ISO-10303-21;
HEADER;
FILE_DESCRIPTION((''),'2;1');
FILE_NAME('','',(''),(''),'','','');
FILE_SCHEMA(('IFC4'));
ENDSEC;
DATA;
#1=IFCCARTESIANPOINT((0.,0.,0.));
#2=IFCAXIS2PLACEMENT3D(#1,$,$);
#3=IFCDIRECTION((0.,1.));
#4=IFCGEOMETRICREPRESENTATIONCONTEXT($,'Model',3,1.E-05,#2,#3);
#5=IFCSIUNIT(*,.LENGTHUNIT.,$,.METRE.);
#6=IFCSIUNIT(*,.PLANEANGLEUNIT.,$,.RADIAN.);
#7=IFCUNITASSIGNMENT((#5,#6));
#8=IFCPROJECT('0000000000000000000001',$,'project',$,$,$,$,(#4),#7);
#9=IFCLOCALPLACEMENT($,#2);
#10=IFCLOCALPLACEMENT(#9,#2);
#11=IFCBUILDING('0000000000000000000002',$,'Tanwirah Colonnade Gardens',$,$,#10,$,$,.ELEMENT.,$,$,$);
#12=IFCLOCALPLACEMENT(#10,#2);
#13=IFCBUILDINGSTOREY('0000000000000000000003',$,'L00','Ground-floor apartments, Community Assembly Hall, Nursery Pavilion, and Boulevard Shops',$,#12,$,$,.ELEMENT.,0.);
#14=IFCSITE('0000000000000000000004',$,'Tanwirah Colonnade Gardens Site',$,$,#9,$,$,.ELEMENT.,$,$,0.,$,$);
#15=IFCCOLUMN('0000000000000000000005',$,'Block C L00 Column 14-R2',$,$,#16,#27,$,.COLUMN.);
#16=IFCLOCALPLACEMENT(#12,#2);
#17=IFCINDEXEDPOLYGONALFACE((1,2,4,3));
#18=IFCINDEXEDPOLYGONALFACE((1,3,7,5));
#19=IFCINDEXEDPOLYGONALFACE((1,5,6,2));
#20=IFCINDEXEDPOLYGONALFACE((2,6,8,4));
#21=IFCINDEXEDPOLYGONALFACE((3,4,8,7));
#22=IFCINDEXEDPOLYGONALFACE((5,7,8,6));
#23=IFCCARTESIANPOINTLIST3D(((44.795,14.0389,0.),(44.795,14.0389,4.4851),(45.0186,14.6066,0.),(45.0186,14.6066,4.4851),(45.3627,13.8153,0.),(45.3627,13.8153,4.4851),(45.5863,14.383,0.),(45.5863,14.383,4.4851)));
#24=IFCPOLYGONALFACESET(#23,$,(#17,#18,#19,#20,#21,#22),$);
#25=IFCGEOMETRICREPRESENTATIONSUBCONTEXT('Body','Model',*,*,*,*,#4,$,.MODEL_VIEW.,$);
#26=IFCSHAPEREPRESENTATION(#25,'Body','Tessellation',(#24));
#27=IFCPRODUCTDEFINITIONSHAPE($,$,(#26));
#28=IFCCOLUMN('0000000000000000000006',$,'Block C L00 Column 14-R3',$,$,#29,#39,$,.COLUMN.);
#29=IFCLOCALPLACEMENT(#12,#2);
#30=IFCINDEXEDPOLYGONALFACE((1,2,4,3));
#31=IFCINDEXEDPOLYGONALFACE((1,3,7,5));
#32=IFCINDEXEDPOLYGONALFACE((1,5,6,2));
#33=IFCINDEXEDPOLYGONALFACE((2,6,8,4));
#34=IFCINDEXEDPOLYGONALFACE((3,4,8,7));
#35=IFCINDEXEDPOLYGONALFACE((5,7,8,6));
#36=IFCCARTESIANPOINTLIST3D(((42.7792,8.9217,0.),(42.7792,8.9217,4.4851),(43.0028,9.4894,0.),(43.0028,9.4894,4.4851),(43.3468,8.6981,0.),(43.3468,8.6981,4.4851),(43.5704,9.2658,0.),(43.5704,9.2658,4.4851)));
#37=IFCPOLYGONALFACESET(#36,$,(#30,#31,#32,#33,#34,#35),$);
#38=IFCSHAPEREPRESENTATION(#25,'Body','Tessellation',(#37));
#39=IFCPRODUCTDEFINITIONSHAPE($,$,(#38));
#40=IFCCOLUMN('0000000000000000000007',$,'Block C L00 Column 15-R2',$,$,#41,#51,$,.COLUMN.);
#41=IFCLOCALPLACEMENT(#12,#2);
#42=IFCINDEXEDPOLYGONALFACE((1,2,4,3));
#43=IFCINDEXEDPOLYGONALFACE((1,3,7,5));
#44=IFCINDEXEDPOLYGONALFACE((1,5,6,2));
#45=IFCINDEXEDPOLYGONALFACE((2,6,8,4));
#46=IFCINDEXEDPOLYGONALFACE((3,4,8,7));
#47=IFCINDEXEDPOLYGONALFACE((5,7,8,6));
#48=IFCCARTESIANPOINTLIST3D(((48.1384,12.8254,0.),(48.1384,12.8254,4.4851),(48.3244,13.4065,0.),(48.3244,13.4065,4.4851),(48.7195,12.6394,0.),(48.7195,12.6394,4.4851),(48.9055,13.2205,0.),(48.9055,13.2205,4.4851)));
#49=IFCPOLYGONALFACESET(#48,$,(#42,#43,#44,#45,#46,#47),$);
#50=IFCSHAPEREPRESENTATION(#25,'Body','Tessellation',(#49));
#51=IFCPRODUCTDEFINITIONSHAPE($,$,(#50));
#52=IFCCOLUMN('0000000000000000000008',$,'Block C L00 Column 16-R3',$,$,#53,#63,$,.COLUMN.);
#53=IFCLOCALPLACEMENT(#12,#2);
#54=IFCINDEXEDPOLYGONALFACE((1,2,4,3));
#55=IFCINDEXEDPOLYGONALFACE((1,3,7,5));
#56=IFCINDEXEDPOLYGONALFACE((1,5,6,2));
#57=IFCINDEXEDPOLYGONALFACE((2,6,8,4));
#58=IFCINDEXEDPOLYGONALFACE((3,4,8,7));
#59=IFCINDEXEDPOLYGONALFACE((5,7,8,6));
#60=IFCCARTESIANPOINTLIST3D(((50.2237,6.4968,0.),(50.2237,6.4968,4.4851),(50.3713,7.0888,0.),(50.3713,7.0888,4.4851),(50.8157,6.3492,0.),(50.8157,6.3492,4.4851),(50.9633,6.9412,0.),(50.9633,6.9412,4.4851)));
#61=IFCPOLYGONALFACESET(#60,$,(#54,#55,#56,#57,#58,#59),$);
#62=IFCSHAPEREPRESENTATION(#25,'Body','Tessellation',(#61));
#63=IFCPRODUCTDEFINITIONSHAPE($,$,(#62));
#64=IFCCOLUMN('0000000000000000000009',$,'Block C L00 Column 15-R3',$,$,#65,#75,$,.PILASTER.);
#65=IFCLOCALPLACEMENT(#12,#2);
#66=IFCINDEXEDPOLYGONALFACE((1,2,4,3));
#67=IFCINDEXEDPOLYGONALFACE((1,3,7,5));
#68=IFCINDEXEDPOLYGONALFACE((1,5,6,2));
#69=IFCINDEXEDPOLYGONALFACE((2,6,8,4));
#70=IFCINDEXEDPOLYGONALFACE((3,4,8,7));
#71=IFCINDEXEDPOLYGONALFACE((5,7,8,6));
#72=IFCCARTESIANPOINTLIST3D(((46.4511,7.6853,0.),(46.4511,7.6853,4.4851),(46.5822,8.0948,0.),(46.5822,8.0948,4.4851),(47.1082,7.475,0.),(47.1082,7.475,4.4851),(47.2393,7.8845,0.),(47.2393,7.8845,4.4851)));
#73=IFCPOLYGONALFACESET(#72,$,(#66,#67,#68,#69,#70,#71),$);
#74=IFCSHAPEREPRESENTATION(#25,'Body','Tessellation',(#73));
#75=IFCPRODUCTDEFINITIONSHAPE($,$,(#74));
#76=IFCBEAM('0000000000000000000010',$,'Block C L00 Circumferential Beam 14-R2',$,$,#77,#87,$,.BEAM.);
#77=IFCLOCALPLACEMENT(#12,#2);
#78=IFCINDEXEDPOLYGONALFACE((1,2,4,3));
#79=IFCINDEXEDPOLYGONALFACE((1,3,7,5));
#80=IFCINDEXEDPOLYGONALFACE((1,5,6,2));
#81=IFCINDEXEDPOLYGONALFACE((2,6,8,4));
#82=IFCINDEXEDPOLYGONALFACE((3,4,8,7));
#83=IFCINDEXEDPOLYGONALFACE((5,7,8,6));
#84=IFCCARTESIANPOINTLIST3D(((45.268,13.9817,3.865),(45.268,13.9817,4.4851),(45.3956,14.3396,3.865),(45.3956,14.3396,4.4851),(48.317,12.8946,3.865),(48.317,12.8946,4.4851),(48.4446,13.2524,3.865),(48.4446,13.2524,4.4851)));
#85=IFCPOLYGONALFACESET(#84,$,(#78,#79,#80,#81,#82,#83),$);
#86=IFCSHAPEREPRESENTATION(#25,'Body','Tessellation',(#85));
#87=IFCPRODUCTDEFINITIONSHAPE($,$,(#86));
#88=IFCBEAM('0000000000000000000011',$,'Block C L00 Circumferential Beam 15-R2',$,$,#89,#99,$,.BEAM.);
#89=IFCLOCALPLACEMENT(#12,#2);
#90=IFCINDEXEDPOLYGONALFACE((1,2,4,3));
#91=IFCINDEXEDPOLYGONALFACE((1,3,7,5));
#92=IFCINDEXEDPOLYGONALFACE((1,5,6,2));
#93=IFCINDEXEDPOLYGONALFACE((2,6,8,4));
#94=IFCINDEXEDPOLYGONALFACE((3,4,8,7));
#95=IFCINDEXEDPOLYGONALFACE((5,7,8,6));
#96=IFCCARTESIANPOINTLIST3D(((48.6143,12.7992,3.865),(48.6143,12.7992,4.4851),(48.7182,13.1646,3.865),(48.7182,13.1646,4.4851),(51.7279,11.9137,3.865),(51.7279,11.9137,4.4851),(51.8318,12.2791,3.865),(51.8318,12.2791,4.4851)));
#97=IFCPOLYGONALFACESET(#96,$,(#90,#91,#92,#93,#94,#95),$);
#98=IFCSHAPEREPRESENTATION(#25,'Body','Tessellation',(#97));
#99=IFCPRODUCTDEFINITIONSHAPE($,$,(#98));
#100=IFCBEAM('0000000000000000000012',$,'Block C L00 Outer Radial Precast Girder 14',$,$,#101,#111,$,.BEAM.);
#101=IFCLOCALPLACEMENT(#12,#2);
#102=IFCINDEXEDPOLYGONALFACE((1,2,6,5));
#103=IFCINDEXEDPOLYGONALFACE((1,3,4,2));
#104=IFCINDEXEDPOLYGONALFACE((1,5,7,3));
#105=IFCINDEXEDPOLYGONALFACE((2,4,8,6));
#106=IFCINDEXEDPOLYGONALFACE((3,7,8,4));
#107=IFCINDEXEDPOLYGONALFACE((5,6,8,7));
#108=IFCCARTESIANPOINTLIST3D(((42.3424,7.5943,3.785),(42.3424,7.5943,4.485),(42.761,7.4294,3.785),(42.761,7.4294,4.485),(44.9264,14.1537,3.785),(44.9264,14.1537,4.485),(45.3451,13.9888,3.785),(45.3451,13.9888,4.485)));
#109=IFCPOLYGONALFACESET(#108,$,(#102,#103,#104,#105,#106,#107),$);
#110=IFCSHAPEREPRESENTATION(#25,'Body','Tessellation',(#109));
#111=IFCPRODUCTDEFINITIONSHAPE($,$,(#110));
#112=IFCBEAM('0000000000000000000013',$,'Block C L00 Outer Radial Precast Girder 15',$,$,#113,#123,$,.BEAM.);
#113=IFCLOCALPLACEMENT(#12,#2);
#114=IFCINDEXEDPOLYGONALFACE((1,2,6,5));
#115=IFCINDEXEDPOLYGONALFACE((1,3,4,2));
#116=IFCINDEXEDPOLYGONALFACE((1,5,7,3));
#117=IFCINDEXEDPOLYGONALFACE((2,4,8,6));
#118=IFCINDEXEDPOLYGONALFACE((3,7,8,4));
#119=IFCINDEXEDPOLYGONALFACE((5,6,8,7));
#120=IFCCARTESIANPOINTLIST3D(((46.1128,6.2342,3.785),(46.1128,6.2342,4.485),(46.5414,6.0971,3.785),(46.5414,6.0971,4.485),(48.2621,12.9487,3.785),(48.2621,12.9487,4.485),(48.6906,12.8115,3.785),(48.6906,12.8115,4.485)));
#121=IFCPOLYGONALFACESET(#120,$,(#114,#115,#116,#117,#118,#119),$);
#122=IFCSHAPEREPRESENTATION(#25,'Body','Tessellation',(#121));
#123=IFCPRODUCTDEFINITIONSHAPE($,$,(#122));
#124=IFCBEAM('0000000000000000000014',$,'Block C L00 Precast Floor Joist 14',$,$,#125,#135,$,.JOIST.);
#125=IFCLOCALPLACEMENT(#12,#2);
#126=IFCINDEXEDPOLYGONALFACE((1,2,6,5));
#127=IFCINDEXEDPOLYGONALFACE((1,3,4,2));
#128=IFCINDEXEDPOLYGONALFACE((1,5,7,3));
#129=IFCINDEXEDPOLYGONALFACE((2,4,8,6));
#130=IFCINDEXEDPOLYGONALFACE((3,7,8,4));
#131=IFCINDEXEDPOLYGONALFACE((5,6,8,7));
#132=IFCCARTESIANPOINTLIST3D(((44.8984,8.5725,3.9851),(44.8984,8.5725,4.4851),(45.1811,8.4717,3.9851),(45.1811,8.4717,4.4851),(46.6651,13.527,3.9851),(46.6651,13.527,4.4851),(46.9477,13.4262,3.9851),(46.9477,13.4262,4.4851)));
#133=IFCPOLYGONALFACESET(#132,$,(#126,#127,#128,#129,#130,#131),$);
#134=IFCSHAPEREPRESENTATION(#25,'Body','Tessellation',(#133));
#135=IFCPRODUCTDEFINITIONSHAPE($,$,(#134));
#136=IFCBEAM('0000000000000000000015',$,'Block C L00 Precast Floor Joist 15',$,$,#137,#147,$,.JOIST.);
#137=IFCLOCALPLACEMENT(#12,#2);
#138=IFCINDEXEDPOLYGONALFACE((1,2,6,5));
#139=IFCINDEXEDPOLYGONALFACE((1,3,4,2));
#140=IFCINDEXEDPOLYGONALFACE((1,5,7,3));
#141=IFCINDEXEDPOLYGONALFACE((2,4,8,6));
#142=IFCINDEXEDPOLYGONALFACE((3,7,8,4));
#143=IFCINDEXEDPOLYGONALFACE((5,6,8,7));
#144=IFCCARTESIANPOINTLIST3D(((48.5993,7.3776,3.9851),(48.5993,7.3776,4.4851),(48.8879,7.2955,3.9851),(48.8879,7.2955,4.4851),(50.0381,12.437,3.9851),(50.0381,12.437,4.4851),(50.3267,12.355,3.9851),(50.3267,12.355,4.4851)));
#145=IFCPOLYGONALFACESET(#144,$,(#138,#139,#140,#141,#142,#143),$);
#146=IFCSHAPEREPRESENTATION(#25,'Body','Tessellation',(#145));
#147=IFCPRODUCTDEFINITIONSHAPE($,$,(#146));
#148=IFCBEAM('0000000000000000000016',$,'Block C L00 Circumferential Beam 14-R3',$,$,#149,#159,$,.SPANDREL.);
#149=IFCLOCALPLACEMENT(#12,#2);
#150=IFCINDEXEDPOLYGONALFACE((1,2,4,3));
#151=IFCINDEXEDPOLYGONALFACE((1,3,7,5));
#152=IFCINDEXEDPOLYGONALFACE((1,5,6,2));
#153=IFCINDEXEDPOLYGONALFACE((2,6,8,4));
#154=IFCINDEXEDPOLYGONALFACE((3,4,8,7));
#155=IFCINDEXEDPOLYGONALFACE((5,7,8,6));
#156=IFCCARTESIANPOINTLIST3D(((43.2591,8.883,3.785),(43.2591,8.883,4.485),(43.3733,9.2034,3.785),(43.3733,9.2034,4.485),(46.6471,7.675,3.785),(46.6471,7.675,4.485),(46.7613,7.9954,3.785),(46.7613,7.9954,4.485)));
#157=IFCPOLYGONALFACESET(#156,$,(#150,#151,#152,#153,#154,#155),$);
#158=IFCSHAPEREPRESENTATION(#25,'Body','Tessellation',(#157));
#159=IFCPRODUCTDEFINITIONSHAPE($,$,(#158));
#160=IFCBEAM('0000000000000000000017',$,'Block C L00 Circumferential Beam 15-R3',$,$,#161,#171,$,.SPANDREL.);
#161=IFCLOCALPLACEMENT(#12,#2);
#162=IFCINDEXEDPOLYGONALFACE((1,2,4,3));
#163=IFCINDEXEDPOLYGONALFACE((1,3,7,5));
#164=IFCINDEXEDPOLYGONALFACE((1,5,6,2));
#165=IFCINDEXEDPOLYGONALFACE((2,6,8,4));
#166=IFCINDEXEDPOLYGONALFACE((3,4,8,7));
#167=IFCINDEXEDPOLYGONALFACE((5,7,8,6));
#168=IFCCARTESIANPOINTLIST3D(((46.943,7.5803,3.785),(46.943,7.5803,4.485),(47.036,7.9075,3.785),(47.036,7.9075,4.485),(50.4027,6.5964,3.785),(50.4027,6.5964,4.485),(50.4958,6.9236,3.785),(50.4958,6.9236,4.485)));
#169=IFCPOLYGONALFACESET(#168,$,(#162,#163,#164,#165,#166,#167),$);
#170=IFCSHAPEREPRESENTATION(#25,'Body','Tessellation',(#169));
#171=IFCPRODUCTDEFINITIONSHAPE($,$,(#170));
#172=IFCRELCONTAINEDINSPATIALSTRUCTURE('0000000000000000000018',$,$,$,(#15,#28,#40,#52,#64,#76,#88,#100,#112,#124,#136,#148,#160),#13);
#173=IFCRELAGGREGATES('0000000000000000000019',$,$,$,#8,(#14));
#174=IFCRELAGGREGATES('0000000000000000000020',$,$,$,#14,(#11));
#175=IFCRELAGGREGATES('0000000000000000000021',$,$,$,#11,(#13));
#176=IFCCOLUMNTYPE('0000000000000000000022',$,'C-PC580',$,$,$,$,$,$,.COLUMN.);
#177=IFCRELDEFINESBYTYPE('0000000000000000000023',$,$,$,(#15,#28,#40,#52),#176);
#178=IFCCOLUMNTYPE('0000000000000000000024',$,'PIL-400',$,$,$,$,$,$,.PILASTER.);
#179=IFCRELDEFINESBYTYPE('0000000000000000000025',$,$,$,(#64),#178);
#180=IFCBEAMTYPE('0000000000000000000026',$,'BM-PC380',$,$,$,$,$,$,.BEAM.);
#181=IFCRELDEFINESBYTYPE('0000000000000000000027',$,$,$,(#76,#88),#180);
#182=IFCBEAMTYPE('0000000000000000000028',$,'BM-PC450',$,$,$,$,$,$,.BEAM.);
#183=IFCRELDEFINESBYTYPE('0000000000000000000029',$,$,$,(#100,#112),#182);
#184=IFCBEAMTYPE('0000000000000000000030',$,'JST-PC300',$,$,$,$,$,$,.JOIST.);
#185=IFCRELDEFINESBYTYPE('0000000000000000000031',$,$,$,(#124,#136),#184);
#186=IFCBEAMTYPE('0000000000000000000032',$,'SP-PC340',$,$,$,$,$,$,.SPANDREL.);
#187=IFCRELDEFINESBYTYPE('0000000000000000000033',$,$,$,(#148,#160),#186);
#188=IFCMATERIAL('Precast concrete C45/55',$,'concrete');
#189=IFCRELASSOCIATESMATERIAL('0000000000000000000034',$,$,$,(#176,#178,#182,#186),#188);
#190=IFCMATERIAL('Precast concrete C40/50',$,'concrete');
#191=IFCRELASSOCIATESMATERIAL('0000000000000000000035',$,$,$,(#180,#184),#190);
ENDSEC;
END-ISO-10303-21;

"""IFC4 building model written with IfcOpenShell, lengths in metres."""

from ifc_helpers import new_model, si_unit, direction, frame, origin, origin_2d, place, context, subcontext, project, spatial, rectangle, extrude, material, material_profile, profile_set, type_object, element, save


model = new_model("IFC4")

# Units and contexts
model_context = context("Model", 3, precision=1e-05, world=origin(), true_north=direction((0.0, 1.0)))
body_context = subcontext(model_context, "Body", "Model", "MODEL_VIEW")
ifc_project = project(units=[si_unit("LENGTHUNIT", "METRE"), si_unit("PLANEANGLEUNIT", "RADIAN")], contexts=[model_context])

# Site, building, storey
site_placement = place(None, origin())
site = spatial("IfcSite", under=ifc_project, at=site_placement, Name="Tanwirah Colonnade Gardens Site", CompositionType="ELEMENT", RefElevation=0.0)
building_placement = place(site_placement, origin())
building = spatial("IfcBuilding", under=site, at=building_placement, Name="Tanwirah Colonnade Gardens", CompositionType="ELEMENT")
storey_placement = place(building_placement, origin())
storey = spatial("IfcBuildingStorey", under=building, at=storey_placement, Name="L00", Description="Ground-floor apartments, Community Assembly Hall, Nursery Pavilion, and Boulevard Shops", CompositionType="ELEMENT", Elevation=0.0)

# Columns
ifc_material_1 = material(Name="Precast concrete C45/55", Category="concrete")
ifc_material_profile_1 = material_profile(ifc_material_1, rectangle(XDim=0.6101, YDim=0.6101, at=origin_2d()), Name="PC-COL 610x610")
ifc_profile_set_1 = profile_set([ifc_material_profile_1], Name="Precast concrete C45/55")
column_type_1 = type_object("IfcColumnType", Name="C-PC580", PredefinedType="COLUMN", material=ifc_profile_set_1)
for number, where, z_axis, x_axis, name in (
    (1, (45.1907, 14.2109, 0.0), (0.0, 0.0, 1.0), (-0.366501, -0.930418, 0.0), "Block C L00 Column 14-R2"),
    (2, (43.1748, 9.0938, 0.0), (0.0, 0.0, 1.0), (-0.366501, -0.930418, 0.0), "Block C L00 Column 14-R3"),
    (3, (48.522, 13.0229, 0.0), (0.0, 0.0, 1.0), (-0.304864, -0.952396, 0.0), "Block C L00 Column 15-R2"),
    (4, (50.5935, 6.719, 0.0), (0.0, 0.0, 1.0), (-0.241922, -0.970296, 0.0), "Block C L00 Column 16-R3"),
):
    element("IfcColumn", number, at=place(storey_placement, frame(where, z_axis=z_axis, x_axis=x_axis)), inside=storey, type_object=column_type_1, Name=name, PredefinedType="COLUMN", context=body_context, shape_type="SweptSolid", body=[
        extrude(rectangle(XDim=0.6101, YDim=0.6101, at=origin_2d()), origin(), (0.0, 0.0, 1.0), 4.4851),
    ])
ifc_material_profile_2 = material_profile(ifc_material_1, rectangle(XDim=0.4299, YDim=0.6899, at=origin_2d()), Name="PC-PIL 430x690")
ifc_profile_set_2 = profile_set([ifc_material_profile_2], Name="Precast concrete C45/55")
column_type_2 = type_object("IfcColumnType", Name="PIL-400", PredefinedType="PILASTER", material=ifc_profile_set_2)
column_placement = place(storey_placement, frame((46.8452, 7.7849, 0.0), z_axis=(0.0, 0.0, 1.0), x_axis=(-0.304864, -0.952396, 0.0)))
element("IfcColumn", 5, at=column_placement, inside=storey, type_object=column_type_2, Name="Block C L00 Column 15-R3", PredefinedType="PILASTER", context=body_context, shape_type="SweptSolid", body=[
    extrude(rectangle(XDim=0.4299, YDim=0.6899, at=origin_2d()), origin(), (0.0, 0.0, 1.0), 4.4851),
])

# Beams
ifc_material_2 = material(Name="Precast concrete C40/50", Category="concrete")
ifc_material_profile_3 = material_profile(ifc_material_2, rectangle(XDim=0.3799, YDim=0.6201, at=origin_2d()), Name="PC-BM 380x620")
ifc_profile_set_3 = profile_set([ifc_material_profile_3], Name="Precast concrete C40/50")
beam_type_1 = type_object("IfcBeamType", Name="BM-PC380", PredefinedType="BEAM", material=ifc_profile_set_3)
for number, where, z_axis, x_axis, name in (
    (6, (45.3318, 14.1606, 4.175), (0.941918, -0.335844, 0.0), (0.335844, 0.941918, 0.0), "Block C L00 Circumferential Beam 14-R2"),
    (7, (48.6663, 12.9819, 4.175), (0.961856, -0.273555, 0.0), (0.273555, 0.961856, 0.0), "Block C L00 Circumferential Beam 15-R2"),
):
    element("IfcBeam", number, at=place(storey_placement, frame(where, z_axis=z_axis, x_axis=x_axis)), inside=storey, type_object=beam_type_1, Name=name, PredefinedType="BEAM", context=body_context, shape_type="SweptSolid", body=[
        extrude(rectangle(XDim=0.3799, YDim=0.6201, at=origin_2d()), origin(), (0.0, 0.0, 1.0), 3.2371),
    ])
ifc_material_profile_4 = material_profile(ifc_material_1, rectangle(XDim=0.45, YDim=0.7, at=origin_2d()), Name="PC-BM 450x700")
ifc_profile_set_4 = profile_set([ifc_material_profile_4], Name="Precast concrete C45/55")
beam_type_2 = type_object("IfcBeamType", Name="BM-PC450", PredefinedType="BEAM", material=ifc_profile_set_4)
for number, where, z_axis, x_axis, name in (
    (8, (45.1357, 14.0713, 4.135), (-0.366525, -0.930408, 0.0), (0.930408, -0.366525, 0.0), "Block C L00 Outer Radial Precast Girder 14"),
    (9, (48.4763, 12.8801, 4.135), (-0.30485, -0.9524, 0.0), (0.9524, -0.30485, 0.0), "Block C L00 Outer Radial Precast Girder 15"),
):
    element("IfcBeam", number, at=place(storey_placement, frame(where, z_axis=z_axis, x_axis=x_axis)), inside=storey, type_object=beam_type_2, Name=name, PredefinedType="BEAM", context=body_context, shape_type="SweptSolid", body=[
        extrude(rectangle(XDim=0.45, YDim=0.7, at=origin_2d()), origin(), (0.0, 0.0, 1.0), 7.05),
    ])
ifc_material_profile_5 = material_profile(ifc_material_2, rectangle(XDim=0.3, YDim=0.5, at=origin_2d()), Name="PC-JST 300x500")
ifc_profile_set_5 = profile_set([ifc_material_profile_5], Name="Precast concrete C40/50")
beam_type_3 = type_object("IfcBeamType", Name="JST-PC300", PredefinedType="JOIST", material=ifc_profile_set_5)
for number, where, z_axis, x_axis, name in (
    (10, (46.8064, 13.4766, 4.2351), (-0.335863, -0.941911, 0.0), (0.941911, -0.335863, 0.0), "Block C L00 Precast Floor Joist 14"),
    (11, (50.1824, 12.396, 4.2351), (-0.273526, -0.961865, 0.0), (0.961865, -0.273526, 0.0), "Block C L00 Precast Floor Joist 15"),
):
    element("IfcBeam", number, at=place(storey_placement, frame(where, z_axis=z_axis, x_axis=x_axis)), inside=storey, type_object=beam_type_3, Name=name, PredefinedType="JOIST", context=body_context, shape_type="SweptSolid", body=[
        extrude(rectangle(XDim=0.3, YDim=0.5, at=origin_2d()), origin(), (0.0, 0.0, 1.0), 5.26),
    ])
ifc_material_profile_6 = material_profile(ifc_material_1, rectangle(XDim=0.3401, YDim=0.7, at=origin_2d()), Name="PC-SP 340x700")
ifc_profile_set_6 = profile_set([ifc_material_profile_6], Name="Precast concrete C45/55")
beam_type_4 = type_object("IfcBeamType", Name="SP-PC340", PredefinedType="SPANDREL", material=ifc_profile_set_6)
for number, where, z_axis, x_axis, name in (
    (12, (43.3162, 9.0432, 4.135), (0.941915, -0.33585, 0.0), (0.33585, 0.941915, 0.0), "Block C L00 Circumferential Beam 14-R3"),
    (13, (46.9895, 7.7439, 4.135), (0.961861, -0.273538, 0.0), (0.273538, 0.961861, 0.0), "Block C L00 Circumferential Beam 15-R3"),
):
    element("IfcBeam", number, at=place(storey_placement, frame(where, z_axis=z_axis, x_axis=x_axis)), inside=storey, type_object=beam_type_4, Name=name, PredefinedType="SPANDREL", context=body_context, shape_type="SweptSolid", body=[
        extrude(rectangle(XDim=0.3401, YDim=0.7, at=origin_2d()), origin(), (0.0, 0.0, 1.0), 3.5969),
    ])

save(model, "model.ifc")
